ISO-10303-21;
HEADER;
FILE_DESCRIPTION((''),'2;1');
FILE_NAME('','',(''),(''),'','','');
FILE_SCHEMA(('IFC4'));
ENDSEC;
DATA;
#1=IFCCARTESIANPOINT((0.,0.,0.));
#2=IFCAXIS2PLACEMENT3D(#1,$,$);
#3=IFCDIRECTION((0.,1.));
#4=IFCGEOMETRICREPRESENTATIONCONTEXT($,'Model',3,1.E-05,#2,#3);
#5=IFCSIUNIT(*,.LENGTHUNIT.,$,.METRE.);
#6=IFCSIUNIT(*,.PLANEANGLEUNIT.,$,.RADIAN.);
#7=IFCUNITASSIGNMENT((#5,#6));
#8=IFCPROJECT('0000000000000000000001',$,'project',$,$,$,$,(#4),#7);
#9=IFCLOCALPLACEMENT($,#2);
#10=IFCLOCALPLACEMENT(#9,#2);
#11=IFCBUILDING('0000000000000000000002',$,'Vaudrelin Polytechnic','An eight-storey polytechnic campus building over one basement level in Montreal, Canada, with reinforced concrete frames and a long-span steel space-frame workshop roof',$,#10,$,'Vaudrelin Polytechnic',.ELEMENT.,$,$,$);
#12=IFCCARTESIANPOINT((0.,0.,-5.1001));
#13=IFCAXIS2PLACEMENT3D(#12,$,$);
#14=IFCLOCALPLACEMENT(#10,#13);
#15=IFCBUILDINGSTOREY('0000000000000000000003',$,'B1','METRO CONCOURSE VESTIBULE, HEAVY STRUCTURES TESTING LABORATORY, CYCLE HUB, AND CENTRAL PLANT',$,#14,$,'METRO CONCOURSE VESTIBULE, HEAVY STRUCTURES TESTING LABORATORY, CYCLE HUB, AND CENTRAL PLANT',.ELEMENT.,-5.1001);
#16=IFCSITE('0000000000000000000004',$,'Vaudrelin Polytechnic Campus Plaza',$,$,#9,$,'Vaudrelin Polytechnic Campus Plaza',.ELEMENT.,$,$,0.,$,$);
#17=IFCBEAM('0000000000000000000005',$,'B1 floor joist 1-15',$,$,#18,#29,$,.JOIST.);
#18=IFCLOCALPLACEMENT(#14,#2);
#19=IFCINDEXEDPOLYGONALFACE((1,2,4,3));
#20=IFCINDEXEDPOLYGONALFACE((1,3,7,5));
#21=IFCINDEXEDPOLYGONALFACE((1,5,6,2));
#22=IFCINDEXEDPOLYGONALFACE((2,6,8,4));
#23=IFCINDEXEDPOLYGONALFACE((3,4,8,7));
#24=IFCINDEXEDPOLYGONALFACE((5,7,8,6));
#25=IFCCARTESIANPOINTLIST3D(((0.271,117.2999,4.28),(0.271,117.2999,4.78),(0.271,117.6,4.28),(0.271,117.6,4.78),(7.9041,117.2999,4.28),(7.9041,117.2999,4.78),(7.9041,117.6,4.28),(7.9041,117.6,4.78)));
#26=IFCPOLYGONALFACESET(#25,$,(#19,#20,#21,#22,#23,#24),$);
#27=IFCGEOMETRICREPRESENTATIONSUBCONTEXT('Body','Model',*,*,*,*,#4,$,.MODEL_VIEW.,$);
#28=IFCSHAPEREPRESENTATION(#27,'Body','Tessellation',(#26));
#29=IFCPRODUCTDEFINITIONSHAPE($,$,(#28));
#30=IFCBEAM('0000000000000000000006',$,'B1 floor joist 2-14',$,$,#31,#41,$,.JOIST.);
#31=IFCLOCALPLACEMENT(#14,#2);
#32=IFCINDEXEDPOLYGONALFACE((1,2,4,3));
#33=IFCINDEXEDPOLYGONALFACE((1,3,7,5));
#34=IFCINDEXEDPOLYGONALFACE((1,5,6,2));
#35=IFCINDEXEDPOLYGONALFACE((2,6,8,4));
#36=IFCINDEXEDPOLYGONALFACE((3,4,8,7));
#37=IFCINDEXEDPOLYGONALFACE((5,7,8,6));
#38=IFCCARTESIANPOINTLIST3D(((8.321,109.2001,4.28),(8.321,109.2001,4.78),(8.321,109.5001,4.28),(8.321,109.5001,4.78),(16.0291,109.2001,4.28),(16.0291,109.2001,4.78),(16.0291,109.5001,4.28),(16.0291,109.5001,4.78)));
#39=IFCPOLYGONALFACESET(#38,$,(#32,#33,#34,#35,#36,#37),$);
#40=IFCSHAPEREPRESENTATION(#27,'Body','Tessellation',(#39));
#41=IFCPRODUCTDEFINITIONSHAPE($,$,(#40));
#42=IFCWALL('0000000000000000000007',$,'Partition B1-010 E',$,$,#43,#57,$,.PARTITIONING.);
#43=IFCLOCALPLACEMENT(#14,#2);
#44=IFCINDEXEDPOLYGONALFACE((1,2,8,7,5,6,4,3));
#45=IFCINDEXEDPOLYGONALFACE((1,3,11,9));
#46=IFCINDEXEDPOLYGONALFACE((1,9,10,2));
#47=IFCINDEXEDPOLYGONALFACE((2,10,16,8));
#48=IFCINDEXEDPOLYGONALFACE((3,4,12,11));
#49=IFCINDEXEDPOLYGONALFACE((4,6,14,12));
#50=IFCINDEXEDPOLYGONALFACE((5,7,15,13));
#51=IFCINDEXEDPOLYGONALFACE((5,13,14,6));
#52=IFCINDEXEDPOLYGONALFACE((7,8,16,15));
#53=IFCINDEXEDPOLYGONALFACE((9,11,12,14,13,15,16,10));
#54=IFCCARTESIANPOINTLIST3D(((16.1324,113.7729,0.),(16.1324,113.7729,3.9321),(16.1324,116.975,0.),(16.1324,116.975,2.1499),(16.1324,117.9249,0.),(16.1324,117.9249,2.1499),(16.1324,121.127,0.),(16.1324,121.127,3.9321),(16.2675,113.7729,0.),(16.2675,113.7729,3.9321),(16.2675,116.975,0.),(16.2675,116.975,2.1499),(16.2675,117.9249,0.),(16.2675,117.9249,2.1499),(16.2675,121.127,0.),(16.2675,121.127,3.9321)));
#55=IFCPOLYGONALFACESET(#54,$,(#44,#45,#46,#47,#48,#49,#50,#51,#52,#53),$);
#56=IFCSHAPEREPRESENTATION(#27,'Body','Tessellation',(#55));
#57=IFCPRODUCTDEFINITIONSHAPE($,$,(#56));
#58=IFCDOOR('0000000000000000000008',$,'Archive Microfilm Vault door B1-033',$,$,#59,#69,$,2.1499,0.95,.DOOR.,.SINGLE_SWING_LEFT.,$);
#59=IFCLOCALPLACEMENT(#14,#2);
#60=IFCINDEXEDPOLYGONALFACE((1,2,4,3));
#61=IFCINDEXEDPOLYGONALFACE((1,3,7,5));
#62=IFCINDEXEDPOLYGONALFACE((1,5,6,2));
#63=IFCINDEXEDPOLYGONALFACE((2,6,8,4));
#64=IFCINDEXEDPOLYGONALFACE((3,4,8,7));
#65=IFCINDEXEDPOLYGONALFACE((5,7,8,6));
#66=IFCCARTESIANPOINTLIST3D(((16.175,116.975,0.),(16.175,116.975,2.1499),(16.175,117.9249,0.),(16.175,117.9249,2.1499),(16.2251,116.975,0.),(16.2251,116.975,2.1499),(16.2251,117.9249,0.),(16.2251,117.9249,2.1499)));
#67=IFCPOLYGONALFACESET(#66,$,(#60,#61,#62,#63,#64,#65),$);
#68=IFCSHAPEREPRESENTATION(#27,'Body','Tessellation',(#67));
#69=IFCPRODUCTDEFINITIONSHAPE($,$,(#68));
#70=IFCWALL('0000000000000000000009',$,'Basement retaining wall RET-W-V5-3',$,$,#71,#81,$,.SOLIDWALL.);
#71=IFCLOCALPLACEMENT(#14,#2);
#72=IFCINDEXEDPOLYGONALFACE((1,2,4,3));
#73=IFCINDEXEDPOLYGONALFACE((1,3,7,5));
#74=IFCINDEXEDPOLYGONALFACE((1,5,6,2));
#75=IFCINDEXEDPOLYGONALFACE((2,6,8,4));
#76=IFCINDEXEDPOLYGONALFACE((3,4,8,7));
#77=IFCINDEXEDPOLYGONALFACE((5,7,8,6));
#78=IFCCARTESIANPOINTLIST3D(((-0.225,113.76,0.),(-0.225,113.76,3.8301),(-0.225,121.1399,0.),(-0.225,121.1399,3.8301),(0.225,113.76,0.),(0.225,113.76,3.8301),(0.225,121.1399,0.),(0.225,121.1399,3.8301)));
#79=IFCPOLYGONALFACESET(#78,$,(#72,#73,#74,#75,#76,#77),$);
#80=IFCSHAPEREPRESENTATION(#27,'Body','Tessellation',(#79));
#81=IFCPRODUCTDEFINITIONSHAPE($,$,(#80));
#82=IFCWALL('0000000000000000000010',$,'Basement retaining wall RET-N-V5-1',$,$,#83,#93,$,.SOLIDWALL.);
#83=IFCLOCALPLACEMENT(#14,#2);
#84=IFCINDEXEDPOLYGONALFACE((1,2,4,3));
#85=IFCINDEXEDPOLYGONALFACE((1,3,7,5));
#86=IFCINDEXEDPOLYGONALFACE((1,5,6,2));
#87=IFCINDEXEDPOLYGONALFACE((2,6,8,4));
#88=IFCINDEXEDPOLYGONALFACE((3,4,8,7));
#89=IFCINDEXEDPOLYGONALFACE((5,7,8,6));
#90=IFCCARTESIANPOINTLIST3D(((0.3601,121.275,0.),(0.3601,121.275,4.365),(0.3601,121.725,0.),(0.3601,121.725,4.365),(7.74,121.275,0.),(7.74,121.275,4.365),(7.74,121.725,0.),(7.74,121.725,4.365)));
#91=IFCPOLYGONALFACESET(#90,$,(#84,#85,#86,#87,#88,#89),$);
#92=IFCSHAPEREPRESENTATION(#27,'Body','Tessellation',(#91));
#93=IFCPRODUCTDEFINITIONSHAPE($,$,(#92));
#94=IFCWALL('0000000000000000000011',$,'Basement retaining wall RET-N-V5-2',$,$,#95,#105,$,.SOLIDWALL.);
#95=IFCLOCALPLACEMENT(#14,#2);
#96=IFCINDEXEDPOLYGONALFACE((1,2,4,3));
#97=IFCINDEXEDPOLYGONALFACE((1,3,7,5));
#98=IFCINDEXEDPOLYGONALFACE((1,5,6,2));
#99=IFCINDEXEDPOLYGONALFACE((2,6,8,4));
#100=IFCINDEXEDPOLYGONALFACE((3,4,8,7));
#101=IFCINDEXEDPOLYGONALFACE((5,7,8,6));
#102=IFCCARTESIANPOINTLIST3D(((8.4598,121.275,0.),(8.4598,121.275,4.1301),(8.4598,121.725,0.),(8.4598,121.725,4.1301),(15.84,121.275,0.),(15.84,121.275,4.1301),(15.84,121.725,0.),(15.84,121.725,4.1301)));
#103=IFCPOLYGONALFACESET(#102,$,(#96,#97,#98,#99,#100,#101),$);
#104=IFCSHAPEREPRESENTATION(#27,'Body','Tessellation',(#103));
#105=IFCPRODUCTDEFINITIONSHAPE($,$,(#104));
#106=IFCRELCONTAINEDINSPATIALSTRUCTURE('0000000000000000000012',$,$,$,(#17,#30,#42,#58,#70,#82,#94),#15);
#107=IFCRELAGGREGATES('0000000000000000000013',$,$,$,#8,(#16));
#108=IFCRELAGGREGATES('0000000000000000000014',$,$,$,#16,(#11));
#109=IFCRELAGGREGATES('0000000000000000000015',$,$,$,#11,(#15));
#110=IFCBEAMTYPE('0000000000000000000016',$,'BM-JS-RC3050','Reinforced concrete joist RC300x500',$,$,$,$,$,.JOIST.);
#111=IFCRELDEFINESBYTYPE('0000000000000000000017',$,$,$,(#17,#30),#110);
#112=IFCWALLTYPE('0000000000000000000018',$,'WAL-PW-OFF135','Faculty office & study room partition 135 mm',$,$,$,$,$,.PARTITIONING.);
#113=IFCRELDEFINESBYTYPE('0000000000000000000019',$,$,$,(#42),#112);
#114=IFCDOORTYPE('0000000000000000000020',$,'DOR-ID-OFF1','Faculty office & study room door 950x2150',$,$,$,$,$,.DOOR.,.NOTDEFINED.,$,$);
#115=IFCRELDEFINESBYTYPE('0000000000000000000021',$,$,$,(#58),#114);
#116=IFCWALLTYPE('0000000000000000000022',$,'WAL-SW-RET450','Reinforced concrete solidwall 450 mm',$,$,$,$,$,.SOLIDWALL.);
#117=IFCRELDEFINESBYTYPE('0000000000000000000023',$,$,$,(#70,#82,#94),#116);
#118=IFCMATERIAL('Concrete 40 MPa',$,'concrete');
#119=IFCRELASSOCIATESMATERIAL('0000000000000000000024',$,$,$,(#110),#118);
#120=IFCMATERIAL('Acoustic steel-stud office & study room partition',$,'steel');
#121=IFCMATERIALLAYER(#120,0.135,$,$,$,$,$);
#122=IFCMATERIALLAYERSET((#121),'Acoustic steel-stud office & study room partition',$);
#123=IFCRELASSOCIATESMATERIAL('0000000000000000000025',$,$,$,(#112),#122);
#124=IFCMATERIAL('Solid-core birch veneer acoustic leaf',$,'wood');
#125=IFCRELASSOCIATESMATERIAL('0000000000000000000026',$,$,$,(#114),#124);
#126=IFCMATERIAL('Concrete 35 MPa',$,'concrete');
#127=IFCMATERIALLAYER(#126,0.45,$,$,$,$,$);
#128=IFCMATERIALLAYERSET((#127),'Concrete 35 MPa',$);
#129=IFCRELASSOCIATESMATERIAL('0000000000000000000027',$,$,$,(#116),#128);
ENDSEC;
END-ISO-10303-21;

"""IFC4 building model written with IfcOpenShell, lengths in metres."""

from ifc_helpers import new_model, si_unit, direction, frame, frame_2d, origin, origin_2d, place, context, subcontext, project, spatial, rectangle, extrude, material, layer, layer_set, material_profile, profile_set, type_object, element, fill, save


model = new_model("IFC4")

# Units and contexts
model_context = context("Model", 3, precision=1e-05, world=origin(), true_north=direction((0.0, 1.0)))
body_context = subcontext(model_context, "Body", "Model", "MODEL_VIEW")
ifc_project = project(units=[si_unit("LENGTHUNIT", "METRE"), si_unit("PLANEANGLEUNIT", "RADIAN")], contexts=[model_context])

# Site, building, storey
site_placement = place(None, origin())
site = spatial("IfcSite", under=ifc_project, at=site_placement, Name="Vaudrelin Polytechnic Campus Plaza", LongName="Vaudrelin Polytechnic Campus Plaza", CompositionType="ELEMENT", RefElevation=0.0)
building_placement = place(site_placement, origin())
building = spatial("IfcBuilding", under=site, at=building_placement, Name="Vaudrelin Polytechnic", Description="An eight-storey polytechnic campus building over one basement level in Montreal, Canada, with reinforced concrete frames and a long-span steel space-frame workshop roof", LongName="Vaudrelin Polytechnic", CompositionType="ELEMENT")
storey_placement = place(building_placement, frame((0.0, 0.0, -5.1001)))
storey = spatial("IfcBuildingStorey", under=building, at=storey_placement, Name="B1", Description="METRO CONCOURSE VESTIBULE, HEAVY STRUCTURES TESTING LABORATORY, CYCLE HUB, AND CENTRAL PLANT", LongName="METRO CONCOURSE VESTIBULE, HEAVY STRUCTURES TESTING LABORATORY, CYCLE HUB, AND CENTRAL PLANT", CompositionType="ELEMENT", Elevation=-5.1001)

# Shared definitions
ifc_material_1 = material(Name="Concrete 40 MPa", Category="concrete")

# Beams
ifc_material_profile_1 = material_profile(ifc_material_1, rectangle(XDim=0.3, YDim=0.5, at=origin_2d()), Name="RC300x500")
ifc_profile_set_1 = profile_set([ifc_material_profile_1], Name="Concrete 40 MPa")
beam_type_1 = type_object("IfcBeamType", Name="BM-JS-RC3050", Description="Reinforced concrete joist RC300x500", PredefinedType="JOIST", material=ifc_profile_set_1)
beam_1_placement = place(storey_placement, frame((0.271, 117.45, 4.53), z_axis=(1.0, 0.0, 0.0), x_axis=(0.0, 1.0, 0.0)))
element("IfcBeam", 1, at=beam_1_placement, inside=storey, type_object=beam_type_1, Name="B1 floor joist 1-15", PredefinedType="JOIST", context=body_context, shape_type="SweptSolid", body=[
    extrude(rectangle(XDim=0.3, YDim=0.5, at=origin_2d()), origin(), (0.0, 0.0, 1.0), 7.6331),
])
beam_2_placement = place(storey_placement, frame((8.321, 109.3501, 4.53), z_axis=(1.0, 0.0, 0.0), x_axis=(0.0, 1.0, 0.0)))
element("IfcBeam", 2, at=beam_2_placement, inside=storey, type_object=beam_type_1, Name="B1 floor joist 2-14", PredefinedType="JOIST", context=body_context, shape_type="SweptSolid", body=[
    extrude(rectangle(XDim=0.3, YDim=0.5, at=origin_2d()), origin(), (0.0, 0.0, 1.0), 7.708),
])

# Wall, opening, door
ifc_material_2 = material(Name="Acoustic steel-stud office & study room partition", Category="steel")
ifc_layer_1 = layer(ifc_material_2, 0.135)
ifc_layer_set_1 = layer_set([ifc_layer_1], Name="Acoustic steel-stud office & study room partition")
wall_type_1 = type_object("IfcWallType", Name="WAL-PW-OFF135", Description="Faculty office & study room partition 135 mm", PredefinedType="PARTITIONING", material=ifc_layer_set_1)
wall_1_placement = place(storey_placement, frame((16.2, 113.7729, 0.0), z_axis=(0.0, 0.0, 1.0), x_axis=(0.0, 1.0, 0.0)))
wall_1 = element("IfcWall", 3, at=wall_1_placement, inside=storey, type_object=wall_type_1, Name="Partition B1-010 E", PredefinedType="PARTITIONING", context=body_context, shape_type="SweptSolid", body=[
    extrude(rectangle(XDim=7.354, YDim=0.135, at=frame_2d((3.677, 0.0))), origin(), (0.0, 0.0, 1.0), 3.9321),
])
opening_placement = place(wall_1_placement, frame((3.2019, 0.0, 0.0)))
opening = element("IfcOpeningElement", 4, at=opening_placement, cuts=wall_1, PredefinedType="OPENING", context=body_context, shape_type="SweptSolid", body=[
    extrude(rectangle(XDim=0.95, YDim=2.1499, at=frame_2d((0.4751, 1.075))), frame((0.0, 0.0776, 0.0), z_axis=(0.0, -1.0, 0.0), x_axis=(1.0, 0.0, 0.0)), (0.0, 0.0, 1.0), 0.155),
])
ifc_material_3 = material(Name="Solid-core birch veneer acoustic leaf", Category="wood")
door_type = type_object("IfcDoorType", Name="DOR-ID-OFF1", Description="Faculty office & study room door 950x2150", OperationType="NOTDEFINED", PredefinedType="DOOR", material=ifc_material_3)
door_placement = place(opening_placement, origin())
door = element("IfcDoor", 5, at=door_placement, inside=storey, type_object=door_type, Name="Archive Microfilm Vault door B1-033", OperationType="SINGLE_SWING_LEFT", OverallHeight=2.1499, OverallWidth=0.95, PredefinedType="DOOR", context=body_context, shape_type="SweptSolid", body=[
    extrude(rectangle(XDim=0.95, YDim=2.1499, at=frame_2d((0.4751, 1.075))), frame((0.0, 0.0249, 0.0), z_axis=(0.0, -1.0, 0.0), x_axis=(1.0, 0.0, 0.0)), (0.0, 0.0, 1.0), 0.05),
])
fill(opening, door)

# Walls
ifc_material_4 = material(Name="Concrete 35 MPa", Category="concrete")
ifc_layer_2 = layer(ifc_material_4, 0.45)
ifc_layer_set_2 = layer_set([ifc_layer_2], Name="Concrete 35 MPa")
wall_type_2 = type_object("IfcWallType", Name="WAL-SW-RET450", Description="Reinforced concrete solidwall 450 mm", PredefinedType="SOLIDWALL", material=ifc_layer_set_2)
wall_2_placement = place(storey_placement, frame((0.0, 113.76, 0.0), z_axis=(0.0, 0.0, 1.0), x_axis=(0.0, 1.0, 0.0)))
element("IfcWall", 6, at=wall_2_placement, inside=storey, type_object=wall_type_2, Name="Basement retaining wall RET-W-V5-3", PredefinedType="SOLIDWALL", context=body_context, shape_type="SweptSolid", body=[
    extrude(rectangle(XDim=7.3799, YDim=0.45, at=frame_2d((3.6899, 0.0))), origin(), (0.0, 0.0, 1.0), 3.8301),
])
wall_3_placement = place(storey_placement, frame((0.3601, 121.5, 0.0), z_axis=(0.0, 0.0, 1.0), x_axis=(1.0, 0.0, 0.0)))
element("IfcWall", 7, at=wall_3_placement, inside=storey, type_object=wall_type_2, Name="Basement retaining wall RET-N-V5-1", PredefinedType="SOLIDWALL", context=body_context, shape_type="SweptSolid", body=[
    extrude(rectangle(XDim=7.3799, YDim=0.45, at=frame_2d((3.6899, 0.0))), origin(), (0.0, 0.0, 1.0), 4.365),
])
wall_4_placement = place(storey_placement, frame((8.46, 121.5, 0.0), z_axis=(0.0, 0.0, 1.0), x_axis=(1.0, 0.0, 0.0)))
element("IfcWall", 8, at=wall_4_placement, inside=storey, type_object=wall_type_2, Name="Basement retaining wall RET-N-V5-2", PredefinedType="SOLIDWALL", context=body_context, shape_type="SweptSolid", body=[
    extrude(rectangle(XDim=7.3801, YDim=0.45, at=frame_2d((3.6899, 0.0))), origin(), (0.0, 0.0, 1.0), 4.1301),
])

save(model, "model.ifc")
